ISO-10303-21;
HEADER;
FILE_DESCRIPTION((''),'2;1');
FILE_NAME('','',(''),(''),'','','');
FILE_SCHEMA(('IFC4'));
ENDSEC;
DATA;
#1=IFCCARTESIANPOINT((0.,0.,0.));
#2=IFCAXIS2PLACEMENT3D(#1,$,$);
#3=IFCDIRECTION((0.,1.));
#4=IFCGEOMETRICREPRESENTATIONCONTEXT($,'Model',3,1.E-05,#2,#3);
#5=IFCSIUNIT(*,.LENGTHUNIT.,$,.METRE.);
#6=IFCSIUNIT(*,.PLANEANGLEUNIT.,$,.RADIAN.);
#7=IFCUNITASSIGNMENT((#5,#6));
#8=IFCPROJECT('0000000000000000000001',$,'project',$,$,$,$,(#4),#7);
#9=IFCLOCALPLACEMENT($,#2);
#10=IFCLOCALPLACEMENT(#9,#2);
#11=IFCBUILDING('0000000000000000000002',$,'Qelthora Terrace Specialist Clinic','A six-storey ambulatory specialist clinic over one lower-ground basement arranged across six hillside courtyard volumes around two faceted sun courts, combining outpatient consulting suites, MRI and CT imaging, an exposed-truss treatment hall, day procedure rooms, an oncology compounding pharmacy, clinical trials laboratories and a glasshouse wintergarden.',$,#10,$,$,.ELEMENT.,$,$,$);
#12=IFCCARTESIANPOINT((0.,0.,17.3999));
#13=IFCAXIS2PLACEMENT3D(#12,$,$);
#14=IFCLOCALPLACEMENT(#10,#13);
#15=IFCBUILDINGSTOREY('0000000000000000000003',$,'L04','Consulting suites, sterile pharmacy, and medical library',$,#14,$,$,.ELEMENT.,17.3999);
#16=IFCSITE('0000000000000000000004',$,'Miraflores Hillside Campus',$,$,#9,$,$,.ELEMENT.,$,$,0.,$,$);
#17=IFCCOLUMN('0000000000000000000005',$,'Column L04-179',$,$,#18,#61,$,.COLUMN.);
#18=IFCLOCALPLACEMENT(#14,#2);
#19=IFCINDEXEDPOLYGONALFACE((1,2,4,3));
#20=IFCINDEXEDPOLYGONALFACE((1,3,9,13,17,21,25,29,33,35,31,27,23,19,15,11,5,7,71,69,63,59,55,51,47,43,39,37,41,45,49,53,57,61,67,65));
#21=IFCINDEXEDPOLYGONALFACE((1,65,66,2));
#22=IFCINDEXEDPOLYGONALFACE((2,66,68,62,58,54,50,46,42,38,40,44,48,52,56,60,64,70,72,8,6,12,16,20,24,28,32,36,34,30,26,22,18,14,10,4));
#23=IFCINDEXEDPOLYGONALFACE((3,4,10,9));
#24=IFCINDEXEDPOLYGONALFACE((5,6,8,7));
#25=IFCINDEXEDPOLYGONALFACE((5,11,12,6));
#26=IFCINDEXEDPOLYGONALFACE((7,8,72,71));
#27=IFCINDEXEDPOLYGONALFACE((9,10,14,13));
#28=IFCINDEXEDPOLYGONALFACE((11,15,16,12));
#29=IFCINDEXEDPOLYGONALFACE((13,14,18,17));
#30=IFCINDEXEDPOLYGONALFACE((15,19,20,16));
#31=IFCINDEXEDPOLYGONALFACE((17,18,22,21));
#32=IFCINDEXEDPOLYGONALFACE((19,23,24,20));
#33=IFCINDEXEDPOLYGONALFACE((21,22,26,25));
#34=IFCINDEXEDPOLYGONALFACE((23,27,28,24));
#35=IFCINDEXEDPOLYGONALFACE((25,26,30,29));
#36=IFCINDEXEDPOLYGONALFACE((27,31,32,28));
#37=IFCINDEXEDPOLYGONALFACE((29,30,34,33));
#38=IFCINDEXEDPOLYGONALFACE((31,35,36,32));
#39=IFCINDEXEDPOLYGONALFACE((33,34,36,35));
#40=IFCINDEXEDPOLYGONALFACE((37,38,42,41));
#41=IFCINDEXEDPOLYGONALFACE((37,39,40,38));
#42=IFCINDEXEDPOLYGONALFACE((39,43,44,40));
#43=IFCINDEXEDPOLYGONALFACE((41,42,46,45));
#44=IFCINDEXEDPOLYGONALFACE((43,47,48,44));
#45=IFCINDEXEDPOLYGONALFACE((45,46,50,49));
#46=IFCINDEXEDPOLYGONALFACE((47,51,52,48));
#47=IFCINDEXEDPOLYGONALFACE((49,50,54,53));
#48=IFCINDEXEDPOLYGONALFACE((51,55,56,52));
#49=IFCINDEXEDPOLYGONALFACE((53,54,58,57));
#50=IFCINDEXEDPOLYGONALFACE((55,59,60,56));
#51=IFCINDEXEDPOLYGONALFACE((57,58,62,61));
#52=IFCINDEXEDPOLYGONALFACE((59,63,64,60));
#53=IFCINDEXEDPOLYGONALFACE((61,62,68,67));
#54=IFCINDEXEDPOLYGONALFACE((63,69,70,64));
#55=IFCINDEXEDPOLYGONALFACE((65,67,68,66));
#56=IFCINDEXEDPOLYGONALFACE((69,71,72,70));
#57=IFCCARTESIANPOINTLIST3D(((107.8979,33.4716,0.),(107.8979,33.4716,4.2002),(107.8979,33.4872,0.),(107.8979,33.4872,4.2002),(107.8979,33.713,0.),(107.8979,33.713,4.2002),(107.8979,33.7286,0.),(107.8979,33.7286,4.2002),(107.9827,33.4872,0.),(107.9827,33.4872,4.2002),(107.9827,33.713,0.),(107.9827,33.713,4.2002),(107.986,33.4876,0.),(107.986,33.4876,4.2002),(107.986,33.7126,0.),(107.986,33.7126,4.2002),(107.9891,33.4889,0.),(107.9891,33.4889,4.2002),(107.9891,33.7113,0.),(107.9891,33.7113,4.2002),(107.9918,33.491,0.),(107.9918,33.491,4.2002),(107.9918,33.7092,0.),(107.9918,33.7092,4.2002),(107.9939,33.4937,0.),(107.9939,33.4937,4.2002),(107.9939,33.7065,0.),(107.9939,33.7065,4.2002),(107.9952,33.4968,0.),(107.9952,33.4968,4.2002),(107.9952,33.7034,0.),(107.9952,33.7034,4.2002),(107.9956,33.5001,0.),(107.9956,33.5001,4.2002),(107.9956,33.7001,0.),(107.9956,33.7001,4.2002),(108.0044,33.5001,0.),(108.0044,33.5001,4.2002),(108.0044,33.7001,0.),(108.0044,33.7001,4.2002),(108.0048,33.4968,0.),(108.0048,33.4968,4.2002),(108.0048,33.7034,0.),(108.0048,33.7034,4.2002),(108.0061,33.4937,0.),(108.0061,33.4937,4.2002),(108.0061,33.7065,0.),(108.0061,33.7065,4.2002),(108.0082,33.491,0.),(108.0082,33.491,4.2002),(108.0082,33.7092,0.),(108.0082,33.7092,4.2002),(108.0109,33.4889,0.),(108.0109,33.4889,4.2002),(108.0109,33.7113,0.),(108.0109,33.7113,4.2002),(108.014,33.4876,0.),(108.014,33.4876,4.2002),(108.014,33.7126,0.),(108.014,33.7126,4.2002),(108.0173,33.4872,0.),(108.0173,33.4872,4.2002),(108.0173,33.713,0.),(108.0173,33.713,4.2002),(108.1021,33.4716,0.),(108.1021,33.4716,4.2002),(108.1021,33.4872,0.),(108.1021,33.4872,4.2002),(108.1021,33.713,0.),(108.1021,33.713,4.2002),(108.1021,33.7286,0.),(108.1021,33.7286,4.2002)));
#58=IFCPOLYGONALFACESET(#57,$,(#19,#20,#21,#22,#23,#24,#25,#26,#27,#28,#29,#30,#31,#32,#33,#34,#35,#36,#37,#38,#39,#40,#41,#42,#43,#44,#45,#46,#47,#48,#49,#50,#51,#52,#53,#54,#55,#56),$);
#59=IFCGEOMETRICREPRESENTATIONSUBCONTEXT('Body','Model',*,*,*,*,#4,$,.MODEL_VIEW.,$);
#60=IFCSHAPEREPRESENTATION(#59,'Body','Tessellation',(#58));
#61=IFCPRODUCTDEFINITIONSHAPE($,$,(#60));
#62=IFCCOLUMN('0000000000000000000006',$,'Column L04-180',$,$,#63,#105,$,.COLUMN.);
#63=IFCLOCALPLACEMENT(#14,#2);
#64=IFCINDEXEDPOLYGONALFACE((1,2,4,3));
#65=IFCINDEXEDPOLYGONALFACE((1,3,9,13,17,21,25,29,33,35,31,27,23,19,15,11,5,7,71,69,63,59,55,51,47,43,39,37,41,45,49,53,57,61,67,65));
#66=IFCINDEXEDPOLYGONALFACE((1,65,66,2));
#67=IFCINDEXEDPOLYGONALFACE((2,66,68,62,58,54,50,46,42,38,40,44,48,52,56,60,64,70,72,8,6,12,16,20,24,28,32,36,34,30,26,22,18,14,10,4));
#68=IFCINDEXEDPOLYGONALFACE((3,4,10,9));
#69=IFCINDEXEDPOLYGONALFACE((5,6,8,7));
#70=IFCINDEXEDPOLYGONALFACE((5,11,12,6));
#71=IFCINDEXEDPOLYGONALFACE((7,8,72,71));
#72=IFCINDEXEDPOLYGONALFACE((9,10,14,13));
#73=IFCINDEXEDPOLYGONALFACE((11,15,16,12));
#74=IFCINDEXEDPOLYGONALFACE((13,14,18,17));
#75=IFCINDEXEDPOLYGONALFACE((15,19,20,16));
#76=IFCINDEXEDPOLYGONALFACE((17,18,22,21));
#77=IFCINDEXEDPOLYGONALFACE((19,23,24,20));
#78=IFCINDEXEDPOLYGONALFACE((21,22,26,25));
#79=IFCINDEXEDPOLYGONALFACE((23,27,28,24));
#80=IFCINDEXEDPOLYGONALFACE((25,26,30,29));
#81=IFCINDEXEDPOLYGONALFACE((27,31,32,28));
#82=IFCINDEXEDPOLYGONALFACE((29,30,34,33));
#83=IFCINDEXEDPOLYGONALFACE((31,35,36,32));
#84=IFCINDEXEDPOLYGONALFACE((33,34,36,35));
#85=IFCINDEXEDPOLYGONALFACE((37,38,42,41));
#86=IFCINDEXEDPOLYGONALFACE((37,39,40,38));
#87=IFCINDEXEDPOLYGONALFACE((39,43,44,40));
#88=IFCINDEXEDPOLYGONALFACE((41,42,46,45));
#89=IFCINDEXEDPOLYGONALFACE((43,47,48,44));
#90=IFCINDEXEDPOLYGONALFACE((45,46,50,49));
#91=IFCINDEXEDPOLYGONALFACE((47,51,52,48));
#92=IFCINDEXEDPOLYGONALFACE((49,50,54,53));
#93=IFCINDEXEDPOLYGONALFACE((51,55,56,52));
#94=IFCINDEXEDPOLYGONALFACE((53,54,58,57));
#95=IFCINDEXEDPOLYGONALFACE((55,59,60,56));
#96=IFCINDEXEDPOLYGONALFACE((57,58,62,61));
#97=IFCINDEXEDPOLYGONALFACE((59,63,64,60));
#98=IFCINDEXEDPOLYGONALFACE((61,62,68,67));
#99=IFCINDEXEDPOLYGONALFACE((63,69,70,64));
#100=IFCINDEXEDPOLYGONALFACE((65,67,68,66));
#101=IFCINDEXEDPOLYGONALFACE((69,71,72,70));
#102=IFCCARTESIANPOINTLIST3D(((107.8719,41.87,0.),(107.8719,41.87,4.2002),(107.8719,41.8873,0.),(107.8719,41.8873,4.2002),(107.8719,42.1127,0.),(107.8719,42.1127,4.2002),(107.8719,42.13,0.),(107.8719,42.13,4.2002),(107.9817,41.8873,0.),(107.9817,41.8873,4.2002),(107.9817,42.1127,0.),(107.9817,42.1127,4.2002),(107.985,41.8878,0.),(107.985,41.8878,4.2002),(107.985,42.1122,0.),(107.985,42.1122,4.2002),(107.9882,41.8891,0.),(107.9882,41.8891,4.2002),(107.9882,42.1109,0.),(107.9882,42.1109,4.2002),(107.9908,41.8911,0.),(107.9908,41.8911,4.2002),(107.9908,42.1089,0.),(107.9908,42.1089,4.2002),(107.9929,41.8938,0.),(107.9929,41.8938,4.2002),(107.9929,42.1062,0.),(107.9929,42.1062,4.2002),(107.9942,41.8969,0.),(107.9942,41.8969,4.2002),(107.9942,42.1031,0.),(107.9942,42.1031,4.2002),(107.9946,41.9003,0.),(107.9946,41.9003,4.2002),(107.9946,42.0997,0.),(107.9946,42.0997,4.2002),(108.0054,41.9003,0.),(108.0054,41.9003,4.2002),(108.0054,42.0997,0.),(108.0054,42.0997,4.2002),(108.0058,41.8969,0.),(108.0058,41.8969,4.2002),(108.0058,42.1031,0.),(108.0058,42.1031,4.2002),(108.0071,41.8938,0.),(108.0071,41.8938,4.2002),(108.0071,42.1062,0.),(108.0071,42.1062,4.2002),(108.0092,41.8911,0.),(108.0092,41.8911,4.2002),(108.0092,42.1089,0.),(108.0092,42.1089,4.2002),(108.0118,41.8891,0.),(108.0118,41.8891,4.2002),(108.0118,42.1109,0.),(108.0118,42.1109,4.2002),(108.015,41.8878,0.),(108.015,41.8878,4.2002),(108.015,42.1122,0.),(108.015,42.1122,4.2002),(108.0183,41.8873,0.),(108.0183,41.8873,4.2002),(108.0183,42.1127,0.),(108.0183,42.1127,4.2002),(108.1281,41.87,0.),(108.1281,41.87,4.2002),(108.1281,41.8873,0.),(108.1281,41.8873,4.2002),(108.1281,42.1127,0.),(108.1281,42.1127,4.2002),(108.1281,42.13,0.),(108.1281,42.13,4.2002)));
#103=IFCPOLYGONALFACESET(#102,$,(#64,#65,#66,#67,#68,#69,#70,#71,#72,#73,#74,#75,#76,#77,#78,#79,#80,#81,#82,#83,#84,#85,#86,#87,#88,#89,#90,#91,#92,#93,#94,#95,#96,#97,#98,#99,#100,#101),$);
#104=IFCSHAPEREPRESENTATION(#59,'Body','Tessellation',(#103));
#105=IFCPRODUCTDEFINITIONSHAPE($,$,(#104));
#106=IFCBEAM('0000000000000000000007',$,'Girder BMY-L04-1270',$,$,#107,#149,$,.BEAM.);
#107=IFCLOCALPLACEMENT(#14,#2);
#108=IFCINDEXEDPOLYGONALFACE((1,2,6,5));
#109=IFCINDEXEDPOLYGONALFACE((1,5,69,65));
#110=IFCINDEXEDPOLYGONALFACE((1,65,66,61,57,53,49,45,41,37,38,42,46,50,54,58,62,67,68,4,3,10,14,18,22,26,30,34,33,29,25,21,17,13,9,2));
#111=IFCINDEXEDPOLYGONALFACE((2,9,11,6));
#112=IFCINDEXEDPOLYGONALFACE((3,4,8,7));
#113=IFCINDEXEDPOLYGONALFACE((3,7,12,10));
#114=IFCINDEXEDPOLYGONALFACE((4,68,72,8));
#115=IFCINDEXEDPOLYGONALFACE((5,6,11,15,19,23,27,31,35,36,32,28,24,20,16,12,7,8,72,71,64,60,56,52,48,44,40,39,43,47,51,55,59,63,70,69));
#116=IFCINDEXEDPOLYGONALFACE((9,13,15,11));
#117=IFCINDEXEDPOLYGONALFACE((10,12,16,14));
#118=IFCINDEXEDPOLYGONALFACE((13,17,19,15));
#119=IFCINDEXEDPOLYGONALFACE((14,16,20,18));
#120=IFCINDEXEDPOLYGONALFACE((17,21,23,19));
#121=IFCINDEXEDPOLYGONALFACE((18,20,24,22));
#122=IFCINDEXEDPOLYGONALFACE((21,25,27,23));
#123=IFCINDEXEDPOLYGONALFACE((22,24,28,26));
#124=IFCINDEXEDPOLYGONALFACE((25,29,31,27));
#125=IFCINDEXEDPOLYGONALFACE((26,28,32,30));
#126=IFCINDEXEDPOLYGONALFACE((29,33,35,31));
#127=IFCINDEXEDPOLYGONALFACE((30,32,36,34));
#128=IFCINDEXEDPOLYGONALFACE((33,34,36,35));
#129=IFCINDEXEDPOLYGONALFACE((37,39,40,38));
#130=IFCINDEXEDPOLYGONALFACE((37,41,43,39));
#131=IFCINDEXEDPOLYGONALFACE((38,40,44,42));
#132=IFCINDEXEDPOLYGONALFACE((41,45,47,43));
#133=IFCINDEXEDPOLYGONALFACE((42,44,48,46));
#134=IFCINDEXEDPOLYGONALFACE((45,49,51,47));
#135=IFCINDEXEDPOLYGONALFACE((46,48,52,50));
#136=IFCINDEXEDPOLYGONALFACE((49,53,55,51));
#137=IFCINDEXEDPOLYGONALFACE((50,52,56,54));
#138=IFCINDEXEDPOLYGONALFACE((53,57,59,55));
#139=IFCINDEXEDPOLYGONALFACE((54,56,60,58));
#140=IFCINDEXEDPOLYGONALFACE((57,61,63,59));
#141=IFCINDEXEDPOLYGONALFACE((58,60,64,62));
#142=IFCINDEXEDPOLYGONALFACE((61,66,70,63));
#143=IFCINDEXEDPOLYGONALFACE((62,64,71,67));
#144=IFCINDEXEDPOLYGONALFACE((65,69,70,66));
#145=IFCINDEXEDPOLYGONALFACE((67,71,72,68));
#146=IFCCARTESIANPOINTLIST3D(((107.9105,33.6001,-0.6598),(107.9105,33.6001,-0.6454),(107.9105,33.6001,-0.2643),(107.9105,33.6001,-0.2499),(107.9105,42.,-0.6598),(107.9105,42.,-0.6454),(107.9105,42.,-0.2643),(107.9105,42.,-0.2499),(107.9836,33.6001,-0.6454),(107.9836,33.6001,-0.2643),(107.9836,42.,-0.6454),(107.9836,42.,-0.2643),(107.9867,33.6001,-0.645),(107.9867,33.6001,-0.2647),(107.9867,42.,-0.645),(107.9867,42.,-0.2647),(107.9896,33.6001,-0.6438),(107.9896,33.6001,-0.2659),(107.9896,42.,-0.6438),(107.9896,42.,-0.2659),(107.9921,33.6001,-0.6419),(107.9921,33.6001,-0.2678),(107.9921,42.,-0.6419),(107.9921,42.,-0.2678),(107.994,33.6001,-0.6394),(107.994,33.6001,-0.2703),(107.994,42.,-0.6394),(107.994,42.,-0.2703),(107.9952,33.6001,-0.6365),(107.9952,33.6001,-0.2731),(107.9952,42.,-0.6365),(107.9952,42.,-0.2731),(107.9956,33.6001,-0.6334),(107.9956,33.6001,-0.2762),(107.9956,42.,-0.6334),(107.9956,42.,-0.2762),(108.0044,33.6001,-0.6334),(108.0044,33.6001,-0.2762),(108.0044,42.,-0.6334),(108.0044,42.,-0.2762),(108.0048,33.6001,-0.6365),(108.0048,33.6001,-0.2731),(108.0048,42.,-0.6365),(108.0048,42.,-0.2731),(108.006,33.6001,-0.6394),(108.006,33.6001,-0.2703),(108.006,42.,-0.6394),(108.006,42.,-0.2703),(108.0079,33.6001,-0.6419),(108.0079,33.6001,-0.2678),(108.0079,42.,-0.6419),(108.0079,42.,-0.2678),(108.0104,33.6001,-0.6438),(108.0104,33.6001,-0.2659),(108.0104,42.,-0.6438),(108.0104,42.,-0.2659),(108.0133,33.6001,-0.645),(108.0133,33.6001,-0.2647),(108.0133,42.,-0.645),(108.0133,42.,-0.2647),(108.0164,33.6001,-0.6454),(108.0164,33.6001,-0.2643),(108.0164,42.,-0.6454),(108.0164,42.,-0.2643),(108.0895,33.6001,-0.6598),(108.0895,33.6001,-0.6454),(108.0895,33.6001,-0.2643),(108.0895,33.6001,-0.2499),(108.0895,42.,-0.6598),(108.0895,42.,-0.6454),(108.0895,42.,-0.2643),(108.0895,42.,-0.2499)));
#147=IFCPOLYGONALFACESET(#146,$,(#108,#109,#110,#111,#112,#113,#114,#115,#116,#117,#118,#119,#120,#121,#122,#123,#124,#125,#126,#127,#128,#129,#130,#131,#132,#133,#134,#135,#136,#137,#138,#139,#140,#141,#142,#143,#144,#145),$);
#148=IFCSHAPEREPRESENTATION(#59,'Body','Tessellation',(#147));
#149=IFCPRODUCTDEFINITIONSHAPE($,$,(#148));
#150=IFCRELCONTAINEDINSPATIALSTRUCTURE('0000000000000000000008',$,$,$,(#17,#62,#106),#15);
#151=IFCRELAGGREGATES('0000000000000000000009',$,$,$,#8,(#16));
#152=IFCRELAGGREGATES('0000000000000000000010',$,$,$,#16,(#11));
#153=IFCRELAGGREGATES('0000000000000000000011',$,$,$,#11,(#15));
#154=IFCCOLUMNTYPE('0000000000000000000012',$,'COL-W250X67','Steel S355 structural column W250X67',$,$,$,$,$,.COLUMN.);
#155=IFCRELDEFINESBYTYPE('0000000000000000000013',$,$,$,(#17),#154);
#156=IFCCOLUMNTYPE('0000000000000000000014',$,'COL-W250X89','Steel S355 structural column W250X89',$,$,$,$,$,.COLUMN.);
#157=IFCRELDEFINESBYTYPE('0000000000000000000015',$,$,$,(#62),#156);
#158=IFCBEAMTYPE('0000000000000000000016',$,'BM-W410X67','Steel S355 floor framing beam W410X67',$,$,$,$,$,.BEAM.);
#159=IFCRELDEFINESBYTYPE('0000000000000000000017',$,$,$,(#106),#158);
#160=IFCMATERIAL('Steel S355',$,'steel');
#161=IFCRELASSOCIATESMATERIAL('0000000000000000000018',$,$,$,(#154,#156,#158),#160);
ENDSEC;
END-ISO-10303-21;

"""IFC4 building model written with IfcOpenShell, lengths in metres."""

from ifc_helpers import new_model, si_unit, direction, frame, origin, origin_2d, place, context, subcontext, project, spatial, i_section, extrude, material, material_profile, profile_set, type_object, element, save


model = new_model("IFC4")

# Units and contexts
model_context = context("Model", 3, precision=1e-05, world=origin(), true_north=direction((0.0, 1.0)))
body_context = subcontext(model_context, "Body", "Model", "MODEL_VIEW")
ifc_project = project(units=[si_unit("LENGTHUNIT", "METRE"), si_unit("PLANEANGLEUNIT", "RADIAN")], contexts=[model_context])

# Site, building, storey
site_placement = place(None, origin())
site = spatial("IfcSite", under=ifc_project, at=site_placement, Name="Miraflores Hillside Campus", CompositionType="ELEMENT", RefElevation=0.0)
building_placement = place(site_placement, origin())
building = spatial("IfcBuilding", under=site, at=building_placement, Name="Qelthora Terrace Specialist Clinic", Description="A six-storey ambulatory specialist clinic over one lower-ground basement arranged across six hillside courtyard volumes around two faceted sun courts, combining outpatient consulting suites, MRI and CT imaging, an exposed-truss treatment hall, day procedure rooms, an oncology compounding pharmacy, clinical trials laboratories and a glasshouse wintergarden.", CompositionType="ELEMENT")
storey_placement = place(building_placement, frame((0.0, 0.0, 17.3999)))
storey = spatial("IfcBuildingStorey", under=building, at=storey_placement, Name="L04", Description="Consulting suites, sterile pharmacy, and medical library", CompositionType="ELEMENT", Elevation=17.3999)

# Columns
ifc_material_1 = material(Name="Steel S355", Category="steel")
ifc_material_profile_1 = material_profile(ifc_material_1, i_section(OverallWidth=0.2041, OverallDepth=0.2571, WebThickness=0.0088, FlangeThickness=0.0156, FilletRadius=0.0129, at=origin_2d()), Name="W250X67")
ifc_profile_set_1 = profile_set([ifc_material_profile_1], Name="Steel S355")
column_type_1 = type_object("IfcColumnType", Name="COL-W250X67", Description="Steel S355 structural column W250X67", PredefinedType="COLUMN", material=ifc_profile_set_1)
column_1_placement = place(storey_placement, frame((108.0, 33.6001, 0.0), z_axis=(0.0, 0.0, 1.0), x_axis=(1.0, 0.0, 0.0)))
element("IfcColumn", 1, at=column_1_placement, inside=storey, type_object=column_type_1, Name="Column L04-179", PredefinedType="COLUMN", context=body_context, shape_type="SweptSolid", body=[
    extrude(i_section(OverallWidth=0.2041, OverallDepth=0.2571, WebThickness=0.0088, FlangeThickness=0.0156, FilletRadius=0.0129, at=origin_2d()), origin(), (0.0, 0.0, 1.0), 4.2002),
])
ifc_material_profile_2 = material_profile(ifc_material_1, i_section(OverallWidth=0.2561, OverallDepth=0.26, WebThickness=0.0107, FlangeThickness=0.0173, FilletRadius=0.0129, at=origin_2d()), Name="W250X89")
ifc_profile_set_2 = profile_set([ifc_material_profile_2], Name="Steel S355")
column_type_2 = type_object("IfcColumnType", Name="COL-W250X89", Description="Steel S355 structural column W250X89", PredefinedType="COLUMN", material=ifc_profile_set_2)
column_2_placement = place(storey_placement, frame((108.0, 42.0, 0.0), z_axis=(0.0, 0.0, 1.0), x_axis=(1.0, 0.0, 0.0)))
element("IfcColumn", 2, at=column_2_placement, inside=storey, type_object=column_type_2, Name="Column L04-180", PredefinedType="COLUMN", context=body_context, shape_type="SweptSolid", body=[
    extrude(i_section(OverallWidth=0.2561, OverallDepth=0.26, WebThickness=0.0107, FlangeThickness=0.0173, FilletRadius=0.0129, at=origin_2d()), origin(), (0.0, 0.0, 1.0), 4.2002),
])

# Beam
ifc_material_profile_3 = material_profile(ifc_material_1, i_section(OverallWidth=0.179, OverallDepth=0.4099, WebThickness=0.0088, FlangeThickness=0.0144, FilletRadius=0.012, at=origin_2d()), Name="W410X67")
ifc_profile_set_3 = profile_set([ifc_material_profile_3], Name="Steel S355")
beam_type_1 = type_object("IfcBeamType", Name="BM-W410X67", Description="Steel S355 floor framing beam W410X67", PredefinedType="BEAM", material=ifc_profile_set_3)
beam_1_placement = place(storey_placement, frame((108.0, 33.6001, -0.4548), z_axis=(0.0, 1.0, 0.0), x_axis=(-1.0, 0.0, 0.0)))
element("IfcBeam", 3, at=beam_1_placement, inside=storey, type_object=beam_type_1, Name="Girder BMY-L04-1270", PredefinedType="BEAM", context=body_context, shape_type="SweptSolid", body=[
    extrude(i_section(OverallWidth=0.179, OverallDepth=0.4099, WebThickness=0.0088, FlangeThickness=0.0144, FilletRadius=0.012, at=origin_2d()), origin(), (0.0, 0.0, 1.0), 8.3999),
])

save(model, "model.ifc")
